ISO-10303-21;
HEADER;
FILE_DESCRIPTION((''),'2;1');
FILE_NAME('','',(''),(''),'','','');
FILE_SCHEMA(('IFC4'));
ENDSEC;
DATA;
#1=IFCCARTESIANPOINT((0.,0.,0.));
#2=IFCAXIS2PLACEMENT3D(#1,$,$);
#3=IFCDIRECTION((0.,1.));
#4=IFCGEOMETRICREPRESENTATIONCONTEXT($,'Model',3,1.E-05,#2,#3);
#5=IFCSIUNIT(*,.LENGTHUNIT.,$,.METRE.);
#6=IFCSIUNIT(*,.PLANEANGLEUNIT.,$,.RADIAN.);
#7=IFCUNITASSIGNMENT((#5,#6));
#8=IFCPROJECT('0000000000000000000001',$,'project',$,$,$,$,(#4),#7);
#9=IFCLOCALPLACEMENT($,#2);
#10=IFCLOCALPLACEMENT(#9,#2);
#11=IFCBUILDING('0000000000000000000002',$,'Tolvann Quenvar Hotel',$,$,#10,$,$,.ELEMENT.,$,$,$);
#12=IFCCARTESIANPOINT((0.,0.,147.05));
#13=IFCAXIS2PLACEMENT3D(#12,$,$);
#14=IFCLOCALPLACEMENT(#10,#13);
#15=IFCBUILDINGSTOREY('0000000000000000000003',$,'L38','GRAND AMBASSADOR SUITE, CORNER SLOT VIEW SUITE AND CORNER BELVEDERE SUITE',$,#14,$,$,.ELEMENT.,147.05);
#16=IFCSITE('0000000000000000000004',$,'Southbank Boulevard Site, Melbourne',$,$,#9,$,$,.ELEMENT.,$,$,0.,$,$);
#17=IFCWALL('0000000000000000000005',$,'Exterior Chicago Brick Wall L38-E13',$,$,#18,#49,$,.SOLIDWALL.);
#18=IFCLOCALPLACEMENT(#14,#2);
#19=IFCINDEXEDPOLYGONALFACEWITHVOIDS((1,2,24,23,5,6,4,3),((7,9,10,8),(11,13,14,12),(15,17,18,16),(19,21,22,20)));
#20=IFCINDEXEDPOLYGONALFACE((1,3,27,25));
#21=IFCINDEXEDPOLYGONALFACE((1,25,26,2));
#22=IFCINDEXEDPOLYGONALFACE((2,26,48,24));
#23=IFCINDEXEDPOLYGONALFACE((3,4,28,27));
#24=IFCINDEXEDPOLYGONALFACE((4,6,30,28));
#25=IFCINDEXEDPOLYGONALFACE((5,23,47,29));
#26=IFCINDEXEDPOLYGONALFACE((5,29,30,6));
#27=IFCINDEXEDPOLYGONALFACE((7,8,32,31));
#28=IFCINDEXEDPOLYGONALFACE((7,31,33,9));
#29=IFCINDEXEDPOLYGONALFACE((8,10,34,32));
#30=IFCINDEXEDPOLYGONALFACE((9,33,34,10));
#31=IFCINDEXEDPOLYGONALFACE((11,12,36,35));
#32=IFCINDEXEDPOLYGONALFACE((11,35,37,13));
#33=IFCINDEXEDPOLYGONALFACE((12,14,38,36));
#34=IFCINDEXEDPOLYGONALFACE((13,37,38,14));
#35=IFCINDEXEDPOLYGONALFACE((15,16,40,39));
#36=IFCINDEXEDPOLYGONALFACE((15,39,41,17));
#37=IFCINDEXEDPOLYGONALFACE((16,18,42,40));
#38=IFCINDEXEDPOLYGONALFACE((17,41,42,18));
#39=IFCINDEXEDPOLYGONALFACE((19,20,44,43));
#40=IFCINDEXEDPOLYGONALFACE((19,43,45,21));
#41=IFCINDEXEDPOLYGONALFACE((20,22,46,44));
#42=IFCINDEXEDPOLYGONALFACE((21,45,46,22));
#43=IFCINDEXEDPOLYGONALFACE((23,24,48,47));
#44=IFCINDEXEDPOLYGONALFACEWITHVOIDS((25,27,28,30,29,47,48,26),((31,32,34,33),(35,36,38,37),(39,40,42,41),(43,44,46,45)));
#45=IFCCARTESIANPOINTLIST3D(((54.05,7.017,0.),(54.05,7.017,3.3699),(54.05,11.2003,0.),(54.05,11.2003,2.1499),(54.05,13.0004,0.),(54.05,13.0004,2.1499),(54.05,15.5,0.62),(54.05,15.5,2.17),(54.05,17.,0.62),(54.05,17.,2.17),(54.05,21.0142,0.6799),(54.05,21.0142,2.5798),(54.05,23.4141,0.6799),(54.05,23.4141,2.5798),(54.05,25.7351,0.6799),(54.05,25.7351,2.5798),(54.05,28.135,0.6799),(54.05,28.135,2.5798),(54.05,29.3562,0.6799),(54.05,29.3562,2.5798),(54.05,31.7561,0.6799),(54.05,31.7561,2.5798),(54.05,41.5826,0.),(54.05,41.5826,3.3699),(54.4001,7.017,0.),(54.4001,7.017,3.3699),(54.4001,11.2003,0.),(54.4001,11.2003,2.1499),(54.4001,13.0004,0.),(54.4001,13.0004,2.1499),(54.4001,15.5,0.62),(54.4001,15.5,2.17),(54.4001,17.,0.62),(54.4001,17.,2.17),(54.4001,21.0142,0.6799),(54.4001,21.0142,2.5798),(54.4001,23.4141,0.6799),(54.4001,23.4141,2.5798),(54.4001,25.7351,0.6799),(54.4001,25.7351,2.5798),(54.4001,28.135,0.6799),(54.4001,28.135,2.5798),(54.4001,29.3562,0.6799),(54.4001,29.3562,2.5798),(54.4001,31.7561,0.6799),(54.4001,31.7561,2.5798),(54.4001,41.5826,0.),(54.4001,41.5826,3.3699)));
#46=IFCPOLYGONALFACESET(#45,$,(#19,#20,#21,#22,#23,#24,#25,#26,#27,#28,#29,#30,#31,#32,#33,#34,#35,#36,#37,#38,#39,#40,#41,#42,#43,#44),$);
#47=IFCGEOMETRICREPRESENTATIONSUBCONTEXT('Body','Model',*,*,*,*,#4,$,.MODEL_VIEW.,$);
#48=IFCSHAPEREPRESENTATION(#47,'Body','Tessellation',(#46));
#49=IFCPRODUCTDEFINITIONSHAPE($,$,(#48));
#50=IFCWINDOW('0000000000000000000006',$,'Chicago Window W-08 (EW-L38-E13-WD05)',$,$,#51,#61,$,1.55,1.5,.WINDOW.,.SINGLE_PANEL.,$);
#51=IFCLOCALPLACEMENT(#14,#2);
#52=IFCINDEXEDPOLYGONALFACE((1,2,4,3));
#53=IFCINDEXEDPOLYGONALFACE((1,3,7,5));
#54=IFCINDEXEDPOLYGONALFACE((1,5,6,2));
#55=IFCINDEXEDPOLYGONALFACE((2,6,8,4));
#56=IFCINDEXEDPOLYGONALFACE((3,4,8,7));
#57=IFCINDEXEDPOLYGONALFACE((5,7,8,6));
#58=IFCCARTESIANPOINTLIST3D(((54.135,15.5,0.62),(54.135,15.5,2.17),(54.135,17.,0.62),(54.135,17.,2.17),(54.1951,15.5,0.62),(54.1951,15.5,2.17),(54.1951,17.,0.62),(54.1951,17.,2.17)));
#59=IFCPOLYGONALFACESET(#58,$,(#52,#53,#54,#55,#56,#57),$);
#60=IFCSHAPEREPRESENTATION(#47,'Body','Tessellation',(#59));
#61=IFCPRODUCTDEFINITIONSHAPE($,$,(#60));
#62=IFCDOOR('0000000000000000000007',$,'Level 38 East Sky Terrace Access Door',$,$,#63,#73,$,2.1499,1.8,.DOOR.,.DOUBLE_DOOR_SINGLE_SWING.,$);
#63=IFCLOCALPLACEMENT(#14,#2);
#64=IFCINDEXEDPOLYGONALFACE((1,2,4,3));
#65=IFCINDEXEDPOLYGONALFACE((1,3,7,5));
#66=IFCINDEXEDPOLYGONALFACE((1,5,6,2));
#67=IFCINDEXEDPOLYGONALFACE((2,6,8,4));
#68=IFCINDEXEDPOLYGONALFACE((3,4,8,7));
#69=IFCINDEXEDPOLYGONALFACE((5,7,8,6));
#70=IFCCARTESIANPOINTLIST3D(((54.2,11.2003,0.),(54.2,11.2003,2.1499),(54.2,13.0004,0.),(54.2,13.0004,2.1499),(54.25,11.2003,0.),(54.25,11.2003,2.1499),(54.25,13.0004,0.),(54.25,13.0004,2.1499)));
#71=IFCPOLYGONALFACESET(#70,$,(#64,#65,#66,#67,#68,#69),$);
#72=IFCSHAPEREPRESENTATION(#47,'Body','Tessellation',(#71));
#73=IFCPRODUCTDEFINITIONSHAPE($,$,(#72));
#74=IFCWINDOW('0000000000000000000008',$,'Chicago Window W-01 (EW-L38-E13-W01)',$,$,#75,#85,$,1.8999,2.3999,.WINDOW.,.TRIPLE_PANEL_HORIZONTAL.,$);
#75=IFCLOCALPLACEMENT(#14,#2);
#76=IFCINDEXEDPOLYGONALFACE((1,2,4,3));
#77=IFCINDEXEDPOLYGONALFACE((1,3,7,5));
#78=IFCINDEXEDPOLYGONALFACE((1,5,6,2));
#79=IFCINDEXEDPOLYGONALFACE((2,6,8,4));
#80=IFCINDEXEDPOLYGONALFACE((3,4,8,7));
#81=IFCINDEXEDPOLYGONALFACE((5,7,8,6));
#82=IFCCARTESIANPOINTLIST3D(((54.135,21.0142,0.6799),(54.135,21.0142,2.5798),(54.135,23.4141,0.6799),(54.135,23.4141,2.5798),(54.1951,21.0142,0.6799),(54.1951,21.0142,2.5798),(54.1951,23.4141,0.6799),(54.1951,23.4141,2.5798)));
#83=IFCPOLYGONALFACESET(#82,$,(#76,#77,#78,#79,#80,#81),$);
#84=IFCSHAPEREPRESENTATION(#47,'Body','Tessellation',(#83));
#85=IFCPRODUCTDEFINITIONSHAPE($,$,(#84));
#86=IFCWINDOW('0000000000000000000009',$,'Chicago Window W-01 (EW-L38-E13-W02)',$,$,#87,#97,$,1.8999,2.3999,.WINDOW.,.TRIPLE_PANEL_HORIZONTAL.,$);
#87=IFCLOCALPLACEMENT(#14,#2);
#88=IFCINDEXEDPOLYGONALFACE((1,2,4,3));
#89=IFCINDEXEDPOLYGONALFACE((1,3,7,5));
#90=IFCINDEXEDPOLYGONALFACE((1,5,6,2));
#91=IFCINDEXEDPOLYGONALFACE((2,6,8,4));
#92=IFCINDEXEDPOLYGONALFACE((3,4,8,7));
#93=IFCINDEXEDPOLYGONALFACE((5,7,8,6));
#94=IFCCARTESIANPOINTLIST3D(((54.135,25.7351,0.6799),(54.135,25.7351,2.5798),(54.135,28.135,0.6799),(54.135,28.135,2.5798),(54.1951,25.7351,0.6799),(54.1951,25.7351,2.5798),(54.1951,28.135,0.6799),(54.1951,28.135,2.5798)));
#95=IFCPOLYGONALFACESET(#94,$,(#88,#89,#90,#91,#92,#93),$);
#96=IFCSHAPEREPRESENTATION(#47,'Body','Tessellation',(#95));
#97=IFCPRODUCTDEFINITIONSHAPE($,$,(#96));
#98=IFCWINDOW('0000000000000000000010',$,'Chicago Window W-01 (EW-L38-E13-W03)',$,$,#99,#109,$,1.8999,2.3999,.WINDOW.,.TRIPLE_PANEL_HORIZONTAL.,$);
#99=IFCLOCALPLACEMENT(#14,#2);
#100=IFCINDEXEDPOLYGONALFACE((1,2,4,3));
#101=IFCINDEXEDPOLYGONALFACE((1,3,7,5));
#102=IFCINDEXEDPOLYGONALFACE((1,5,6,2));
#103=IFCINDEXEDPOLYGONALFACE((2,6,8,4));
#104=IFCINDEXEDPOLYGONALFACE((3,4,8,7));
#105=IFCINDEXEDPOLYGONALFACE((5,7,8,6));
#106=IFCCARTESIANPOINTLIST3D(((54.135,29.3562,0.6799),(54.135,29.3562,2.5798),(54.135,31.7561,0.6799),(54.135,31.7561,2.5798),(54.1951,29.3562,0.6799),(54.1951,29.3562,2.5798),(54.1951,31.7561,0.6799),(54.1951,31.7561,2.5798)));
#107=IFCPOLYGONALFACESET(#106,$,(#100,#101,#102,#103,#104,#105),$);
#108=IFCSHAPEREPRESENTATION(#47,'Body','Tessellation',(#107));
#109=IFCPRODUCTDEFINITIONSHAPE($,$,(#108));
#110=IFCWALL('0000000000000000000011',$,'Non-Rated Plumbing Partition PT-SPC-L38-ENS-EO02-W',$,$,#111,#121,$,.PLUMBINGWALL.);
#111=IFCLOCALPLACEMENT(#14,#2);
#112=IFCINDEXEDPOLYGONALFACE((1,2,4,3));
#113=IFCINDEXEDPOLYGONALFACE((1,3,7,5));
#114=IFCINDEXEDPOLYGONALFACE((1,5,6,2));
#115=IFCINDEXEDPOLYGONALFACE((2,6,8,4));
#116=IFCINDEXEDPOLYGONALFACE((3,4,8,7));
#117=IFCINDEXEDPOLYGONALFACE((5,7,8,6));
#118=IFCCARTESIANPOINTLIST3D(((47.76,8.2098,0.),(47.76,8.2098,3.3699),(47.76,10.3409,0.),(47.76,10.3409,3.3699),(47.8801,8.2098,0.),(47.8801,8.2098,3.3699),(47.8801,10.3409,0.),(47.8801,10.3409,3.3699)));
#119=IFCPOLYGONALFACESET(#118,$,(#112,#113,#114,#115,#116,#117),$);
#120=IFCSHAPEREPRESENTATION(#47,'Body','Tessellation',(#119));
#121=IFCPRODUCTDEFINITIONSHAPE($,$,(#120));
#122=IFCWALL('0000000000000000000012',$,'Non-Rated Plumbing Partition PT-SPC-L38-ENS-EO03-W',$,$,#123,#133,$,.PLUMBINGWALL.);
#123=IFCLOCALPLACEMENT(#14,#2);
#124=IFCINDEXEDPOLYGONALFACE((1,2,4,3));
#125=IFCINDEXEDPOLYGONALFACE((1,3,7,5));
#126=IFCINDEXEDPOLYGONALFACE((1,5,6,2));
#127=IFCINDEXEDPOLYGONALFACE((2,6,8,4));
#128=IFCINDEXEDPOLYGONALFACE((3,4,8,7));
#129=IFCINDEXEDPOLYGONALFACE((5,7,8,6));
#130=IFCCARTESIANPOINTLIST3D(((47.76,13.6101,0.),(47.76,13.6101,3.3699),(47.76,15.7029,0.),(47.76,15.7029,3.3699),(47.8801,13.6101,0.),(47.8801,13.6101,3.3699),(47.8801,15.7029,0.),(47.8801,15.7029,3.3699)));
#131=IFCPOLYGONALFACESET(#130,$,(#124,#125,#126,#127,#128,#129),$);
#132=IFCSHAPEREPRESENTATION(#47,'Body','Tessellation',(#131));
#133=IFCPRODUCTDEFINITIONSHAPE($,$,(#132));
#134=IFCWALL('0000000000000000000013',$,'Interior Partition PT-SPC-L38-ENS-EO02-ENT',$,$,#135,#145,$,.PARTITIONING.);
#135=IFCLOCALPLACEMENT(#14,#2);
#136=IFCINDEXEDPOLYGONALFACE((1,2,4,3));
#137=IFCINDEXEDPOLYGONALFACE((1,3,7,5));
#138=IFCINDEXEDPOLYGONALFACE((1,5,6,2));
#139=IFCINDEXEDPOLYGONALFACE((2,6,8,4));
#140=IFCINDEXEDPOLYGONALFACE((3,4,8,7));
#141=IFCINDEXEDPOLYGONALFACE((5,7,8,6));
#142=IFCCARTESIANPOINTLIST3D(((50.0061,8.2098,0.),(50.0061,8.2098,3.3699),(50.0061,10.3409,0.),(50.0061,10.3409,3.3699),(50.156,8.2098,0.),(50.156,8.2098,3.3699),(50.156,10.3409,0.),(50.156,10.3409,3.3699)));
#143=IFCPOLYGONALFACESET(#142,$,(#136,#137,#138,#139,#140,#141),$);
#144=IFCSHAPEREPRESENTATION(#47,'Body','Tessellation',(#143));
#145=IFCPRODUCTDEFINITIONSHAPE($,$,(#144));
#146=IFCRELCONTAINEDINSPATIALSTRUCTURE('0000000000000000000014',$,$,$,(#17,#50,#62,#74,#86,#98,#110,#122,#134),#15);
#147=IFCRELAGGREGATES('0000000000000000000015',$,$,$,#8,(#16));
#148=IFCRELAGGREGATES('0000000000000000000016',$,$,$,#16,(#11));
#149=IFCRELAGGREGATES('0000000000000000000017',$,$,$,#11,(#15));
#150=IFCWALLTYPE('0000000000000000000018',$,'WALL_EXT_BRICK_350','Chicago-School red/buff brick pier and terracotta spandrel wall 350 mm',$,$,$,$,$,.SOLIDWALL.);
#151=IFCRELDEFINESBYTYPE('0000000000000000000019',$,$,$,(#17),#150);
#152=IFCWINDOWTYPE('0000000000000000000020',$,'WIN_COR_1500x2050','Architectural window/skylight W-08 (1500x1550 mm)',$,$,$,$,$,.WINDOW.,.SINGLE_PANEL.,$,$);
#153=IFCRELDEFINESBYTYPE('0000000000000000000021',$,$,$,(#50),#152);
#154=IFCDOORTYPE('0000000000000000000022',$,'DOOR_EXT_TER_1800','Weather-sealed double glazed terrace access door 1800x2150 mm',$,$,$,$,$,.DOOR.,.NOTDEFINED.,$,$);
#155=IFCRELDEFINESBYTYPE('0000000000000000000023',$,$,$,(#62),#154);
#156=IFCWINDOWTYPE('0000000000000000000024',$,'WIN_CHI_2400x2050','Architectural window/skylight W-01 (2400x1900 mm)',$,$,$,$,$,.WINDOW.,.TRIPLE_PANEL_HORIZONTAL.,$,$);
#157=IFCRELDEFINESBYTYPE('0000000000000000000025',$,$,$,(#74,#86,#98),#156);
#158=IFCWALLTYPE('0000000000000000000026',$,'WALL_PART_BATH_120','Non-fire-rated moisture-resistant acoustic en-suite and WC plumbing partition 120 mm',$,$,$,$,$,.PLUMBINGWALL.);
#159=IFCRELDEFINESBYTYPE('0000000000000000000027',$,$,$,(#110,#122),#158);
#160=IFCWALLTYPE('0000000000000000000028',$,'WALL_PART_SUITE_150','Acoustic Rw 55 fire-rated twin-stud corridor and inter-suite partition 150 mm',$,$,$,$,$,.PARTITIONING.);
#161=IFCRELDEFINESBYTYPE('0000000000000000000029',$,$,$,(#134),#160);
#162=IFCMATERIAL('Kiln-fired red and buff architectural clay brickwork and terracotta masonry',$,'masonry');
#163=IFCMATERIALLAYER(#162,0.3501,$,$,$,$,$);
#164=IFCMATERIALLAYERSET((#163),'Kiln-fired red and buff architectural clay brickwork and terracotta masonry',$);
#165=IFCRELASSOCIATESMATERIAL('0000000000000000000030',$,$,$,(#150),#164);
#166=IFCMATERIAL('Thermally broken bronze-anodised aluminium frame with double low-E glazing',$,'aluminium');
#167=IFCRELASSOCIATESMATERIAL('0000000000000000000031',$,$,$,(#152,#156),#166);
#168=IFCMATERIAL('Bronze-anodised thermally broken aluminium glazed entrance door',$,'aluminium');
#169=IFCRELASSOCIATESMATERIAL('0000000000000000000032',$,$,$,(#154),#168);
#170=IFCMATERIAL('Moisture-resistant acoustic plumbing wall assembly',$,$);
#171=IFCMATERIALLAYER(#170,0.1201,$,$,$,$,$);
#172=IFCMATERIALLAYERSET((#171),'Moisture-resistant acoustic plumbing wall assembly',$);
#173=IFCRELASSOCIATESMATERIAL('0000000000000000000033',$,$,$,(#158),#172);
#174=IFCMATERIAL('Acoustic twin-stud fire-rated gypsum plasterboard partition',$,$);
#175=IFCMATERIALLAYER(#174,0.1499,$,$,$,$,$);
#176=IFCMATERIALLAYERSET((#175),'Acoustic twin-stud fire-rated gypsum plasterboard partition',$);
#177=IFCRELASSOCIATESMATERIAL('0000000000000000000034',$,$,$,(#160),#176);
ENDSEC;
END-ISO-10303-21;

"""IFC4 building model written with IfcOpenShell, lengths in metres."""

from ifc_helpers import new_model, si_unit, direction, frame, frame_2d, origin, place, context, subcontext, project, spatial, rectangle, extrude, source, transform, mapped, material, layer, layer_set, type_object, type_shapes, element, fill, save


model = new_model("IFC4")

# Units and contexts
model_context = context("Model", 3, precision=1e-05, world=origin(), true_north=direction((0.0, 1.0)))
body_context = subcontext(model_context, "Body", "Model", "MODEL_VIEW")
ifc_project = project(units=[si_unit("LENGTHUNIT", "METRE"), si_unit("PLANEANGLEUNIT", "RADIAN")], contexts=[model_context])

# Site, building, storey
site_placement = place(None, origin())
site = spatial("IfcSite", under=ifc_project, at=site_placement, Name="Southbank Boulevard Site, Melbourne", CompositionType="ELEMENT", RefElevation=0.0)
building_placement = place(site_placement, origin())
building = spatial("IfcBuilding", under=site, at=building_placement, Name="Tolvann Quenvar Hotel", CompositionType="ELEMENT")
storey_placement = place(building_placement, frame((0.0, 0.0, 147.05)))
storey = spatial("IfcBuildingStorey", under=building, at=storey_placement, Name="L38", Description="GRAND AMBASSADOR SUITE, CORNER SLOT VIEW SUITE AND CORNER BELVEDERE SUITE", CompositionType="ELEMENT", Elevation=147.05)

# Wall, openings, windows, door
ifc_material_1 = material(Name="Kiln-fired red and buff architectural clay brickwork and terracotta masonry", Category="masonry")
ifc_layer_1 = layer(ifc_material_1, 0.3501)
ifc_layer_set_1 = layer_set([ifc_layer_1], Name="Kiln-fired red and buff architectural clay brickwork and terracotta masonry")
wall_type_1 = type_object("IfcWallType", Name="WALL_EXT_BRICK_350", Description="Chicago-School red/buff brick pier and terracotta spandrel wall 350 mm", PredefinedType="SOLIDWALL", material=ifc_layer_set_1)
wall_1_placement = place(storey_placement, frame((54.2251, 7.0171, 0.0), z_axis=(0.0, 0.0, 1.0), x_axis=(0.0, 1.0, 0.0)))
wall_1 = element("IfcWall", 1, at=wall_1_placement, inside=storey, type_object=wall_type_1, Name="Exterior Chicago Brick Wall L38-E13", PredefinedType="SOLIDWALL", context=body_context, shape_type="SweptSolid", body=[
    extrude(rectangle(XDim=34.5657, YDim=0.3501, at=frame_2d((17.2827, 0.0))), origin(), (0.0, 0.0, 1.0), 3.3699),
])
opening_1_placement = place(wall_1_placement, frame((5.9832, 0.0, 0.0), z_axis=(0.0, 0.0, 1.0), x_axis=(-1.0, 0.0, 0.0)))
opening_1 = element("IfcOpeningElement", 2, at=opening_1_placement, cuts=wall_1, PredefinedType="OPENING", context=body_context, shape_type="SweptSolid", body=[
    extrude(rectangle(XDim=1.8, YDim=2.1499, at=frame_2d((0.8999, 1.075))), frame((0.0, 0.1851, 0.0), z_axis=(0.0, -1.0, 0.0), x_axis=(1.0, 0.0, 0.0)), (0.0, 0.0, 1.0), 0.3701),
])
opening_2_placement = place(wall_1_placement, frame((13.9971, 0.0, 0.6799)))
opening_2 = element("IfcOpeningElement", 3, at=opening_2_placement, cuts=wall_1, PredefinedType="OPENING", context=body_context, shape_type="SweptSolid", body=[
    extrude(rectangle(XDim=2.3999, YDim=1.8999, at=frame_2d((1.2, 0.95))), frame((0.0, 0.1851, 0.0), z_axis=(0.0, -1.0, 0.0), x_axis=(1.0, 0.0, 0.0)), (0.0, 0.0, 1.0), 0.3701),
])
opening_3_placement = place(wall_1_placement, frame((18.718, 0.0, 0.6799)))
opening_3 = element("IfcOpeningElement", 4, at=opening_3_placement, cuts=wall_1, PredefinedType="OPENING", context=body_context, shape_type="SweptSolid", body=[
    extrude(rectangle(XDim=2.3999, YDim=1.8999, at=frame_2d((1.2, 0.95))), frame((0.0, 0.1851, 0.0), z_axis=(0.0, -1.0, 0.0), x_axis=(1.0, 0.0, 0.0)), (0.0, 0.0, 1.0), 0.3701),
])
opening_4_placement = place(wall_1_placement, frame((22.3391, 0.0, 0.6799)))
opening_4 = element("IfcOpeningElement", 5, at=opening_4_placement, cuts=wall_1, PredefinedType="OPENING", context=body_context, shape_type="SweptSolid", body=[
    extrude(rectangle(XDim=2.3999, YDim=1.8999, at=frame_2d((1.2, 0.95))), frame((0.0, 0.1851, 0.0), z_axis=(0.0, -1.0, 0.0), x_axis=(1.0, 0.0, 0.0)), (0.0, 0.0, 1.0), 0.3701),
])
opening_5_placement = place(wall_1_placement, frame((8.4829, 0.0, 0.6201)))
opening_5 = element("IfcOpeningElement", 6, at=opening_5_placement, cuts=wall_1, PredefinedType="OPENING", context=body_context, shape_type="SweptSolid", body=[
    extrude(rectangle(XDim=1.5, YDim=1.55, at=frame_2d((0.75, 0.7749))), frame((0.0, 0.1851, 0.0), z_axis=(0.0, -1.0, 0.0), x_axis=(1.0, 0.0, 0.0)), (0.0, 0.0, 1.0), 0.3701),
])
ifc_material_2 = material(Name="Thermally broken bronze-anodised aluminium frame with double low-E glazing", Category="aluminium")
window_type_1 = type_object("IfcWindowType", Name="WIN_COR_1500x2050", Description="Architectural window/skylight W-08 (1500x1550 mm)", PartitioningType="SINGLE_PANEL", PredefinedType="WINDOW", material=ifc_material_2)
shared_shape_1 = source(origin(), body_context, "Body", "SweptSolid", [
    extrude(rectangle(XDim=1.5, YDim=1.55, at=frame_2d((0.75, 0.7749))), frame((0.0, 0.0901, 0.0), z_axis=(0.0, -1.0, 0.0), x_axis=(1.0, 0.0, 0.0)), (0.0, 0.0, 1.0), 0.0601),
])
type_shapes(window_type_1, [shared_shape_1])
window_1_placement = place(opening_5_placement, origin())
window_1 = element("IfcWindow", 7, at=window_1_placement, inside=storey, type_object=window_type_1, Name="Chicago Window W-08 (EW-L38-E13-WD05)", OverallHeight=1.55, OverallWidth=1.5, PartitioningType="SINGLE_PANEL", PredefinedType="WINDOW", context=body_context, shape_type="MappedRepresentation", body=[
    mapped(shared_shape_1, transform((0.0, 0.0, 0.0), x_axis=(1.0, 0.0, 0.0), y_axis=(0.0, 1.0, 0.0), z_axis=(0.0, 0.0, 1.0), scale=1.0)),
])
fill(opening_5, window_1)
ifc_material_3 = material(Name="Bronze-anodised thermally broken aluminium glazed entrance door", Category="aluminium")
door_type_1 = type_object("IfcDoorType", Name="DOOR_EXT_TER_1800", Description="Weather-sealed double glazed terrace access door 1800x2150 mm", OperationType="NOTDEFINED", PredefinedType="DOOR", material=ifc_material_3)
shared_shape_2 = source(origin(), body_context, "Body", "SweptSolid", [
    extrude(rectangle(XDim=1.8, YDim=2.1499, at=frame_2d((0.8999, 1.075))), frame((0.0, 0.0249, 0.0), z_axis=(0.0, -1.0, 0.0), x_axis=(1.0, 0.0, 0.0)), (0.0, 0.0, 1.0), 0.05),
])
type_shapes(door_type_1, [shared_shape_2])
door_1_placement = place(opening_1_placement, origin())
door_1 = element("IfcDoor", 8, at=door_1_placement, inside=storey, type_object=door_type_1, Name="Level 38 East Sky Terrace Access Door", OperationType="DOUBLE_DOOR_SINGLE_SWING", OverallHeight=2.1499, OverallWidth=1.8, PredefinedType="DOOR", context=body_context, shape_type="MappedRepresentation", body=[
    mapped(shared_shape_2, transform((0.0, 0.0, 0.0), x_axis=(1.0, 0.0, 0.0), y_axis=(0.0, 1.0, 0.0), z_axis=(0.0, 0.0, 1.0), scale=1.0)),
])
fill(opening_1, door_1)
window_type_2 = type_object("IfcWindowType", Name="WIN_CHI_2400x2050", Description="Architectural window/skylight W-01 (2400x1900 mm)", PartitioningType="TRIPLE_PANEL_HORIZONTAL", PredefinedType="WINDOW", material=ifc_material_2)
shared_shape_3 = source(origin(), body_context, "Body", "SweptSolid", [
    extrude(rectangle(XDim=2.3999, YDim=1.8999, at=frame_2d((1.2, 0.95))), frame((0.0, 0.0901, 0.0), z_axis=(0.0, -1.0, 0.0), x_axis=(1.0, 0.0, 0.0)), (0.0, 0.0, 1.0), 0.0601),
])
type_shapes(window_type_2, [shared_shape_3])
window_2_placement = place(opening_2_placement, origin())
window_2 = element("IfcWindow", 9, at=window_2_placement, inside=storey, type_object=window_type_2, Name="Chicago Window W-01 (EW-L38-E13-W01)", OverallHeight=1.8999, OverallWidth=2.3999, PartitioningType="TRIPLE_PANEL_HORIZONTAL", PredefinedType="WINDOW", context=body_context, shape_type="MappedRepresentation", body=[
    mapped(shared_shape_3, transform((0.0, 0.0, 0.0), x_axis=(1.0, 0.0, 0.0), y_axis=(0.0, 1.0, 0.0), z_axis=(0.0, 0.0, 1.0), scale=1.0)),
])
fill(opening_2, window_2)
window_3_placement = place(opening_3_placement, origin())
window_3 = element("IfcWindow", 10, at=window_3_placement, inside=storey, type_object=window_type_2, Name="Chicago Window W-01 (EW-L38-E13-W02)", OverallHeight=1.8999, OverallWidth=2.3999, PartitioningType="TRIPLE_PANEL_HORIZONTAL", PredefinedType="WINDOW", context=body_context, shape_type="MappedRepresentation", body=[
    mapped(shared_shape_3, transform((0.0, 0.0, 0.0), x_axis=(1.0, 0.0, 0.0), y_axis=(0.0, 1.0, 0.0), z_axis=(0.0, 0.0, 1.0), scale=1.0)),
])
fill(opening_3, window_3)
window_4_placement = place(opening_4_placement, origin())
window_4 = element("IfcWindow", 11, at=window_4_placement, inside=storey, type_object=window_type_2, Name="Chicago Window W-01 (EW-L38-E13-W03)", OverallHeight=1.8999, OverallWidth=2.3999, PartitioningType="TRIPLE_PANEL_HORIZONTAL", PredefinedType="WINDOW", context=body_context, shape_type="MappedRepresentation", body=[
    mapped(shared_shape_3, transform((0.0, 0.0, 0.0), x_axis=(1.0, 0.0, 0.0), y_axis=(0.0, 1.0, 0.0), z_axis=(0.0, 0.0, 1.0), scale=1.0)),
])
fill(opening_4, window_4)

# Walls
ifc_material_4 = material(Name="Moisture-resistant acoustic plumbing wall assembly")
ifc_layer_2 = layer(ifc_material_4, 0.1201)
ifc_layer_set_2 = layer_set([ifc_layer_2], Name="Moisture-resistant acoustic plumbing wall assembly")
wall_type_2 = type_object("IfcWallType", Name="WALL_PART_BATH_120", Description="Non-fire-rated moisture-resistant acoustic en-suite and WC plumbing partition 120 mm", PredefinedType="PLUMBINGWALL", material=ifc_layer_set_2)
wall_2_placement = place(storey_placement, frame((47.8201, 8.21, 0.0), z_axis=(0.0, 0.0, 1.0), x_axis=(0.0, 1.0, 0.0)))
element("IfcWall", 12, at=wall_2_placement, inside=storey, type_object=wall_type_2, Name="Non-Rated Plumbing Partition PT-SPC-L38-ENS-EO02-W", PredefinedType="PLUMBINGWALL", context=body_context, shape_type="SweptSolid", body=[
    extrude(rectangle(XDim=2.1311, YDim=0.1201, at=frame_2d((1.0654, 0.0))), origin(), (0.0, 0.0, 1.0), 3.3699),
])
wall_3_placement = place(storey_placement, frame((47.8201, 13.6101, 0.0), z_axis=(0.0, 0.0, 1.0), x_axis=(0.0, 1.0, 0.0)))
element("IfcWall", 13, at=wall_3_placement, inside=storey, type_object=wall_type_2, Name="Non-Rated Plumbing Partition PT-SPC-L38-ENS-EO03-W", PredefinedType="PLUMBINGWALL", context=body_context, shape_type="SweptSolid", body=[
    extrude(rectangle(XDim=2.0928, YDim=0.1201, at=frame_2d((1.0464, 0.0))), origin(), (0.0, 0.0, 1.0), 3.3699),
])
ifc_material_5 = material(Name="Acoustic twin-stud fire-rated gypsum plasterboard partition")
ifc_layer_3 = layer(ifc_material_5, 0.1499)
ifc_layer_set_3 = layer_set([ifc_layer_3], Name="Acoustic twin-stud fire-rated gypsum plasterboard partition")
wall_type_3 = type_object("IfcWallType", Name="WALL_PART_SUITE_150", Description="Acoustic Rw 55 fire-rated twin-stud corridor and inter-suite partition 150 mm", PredefinedType="PARTITIONING", material=ifc_layer_set_3)
wall_4_placement = place(storey_placement, frame((50.0811, 8.21, 0.0), z_axis=(0.0, 0.0, 1.0), x_axis=(0.0, 1.0, 0.0)))
element("IfcWall", 14, at=wall_4_placement, inside=storey, type_object=wall_type_3, Name="Interior Partition PT-SPC-L38-ENS-EO02-ENT", PredefinedType="PARTITIONING", context=body_context, shape_type="SweptSolid", body=[
    extrude(rectangle(XDim=2.1311, YDim=0.1499, at=frame_2d((1.0654, 0.0))), origin(), (0.0, 0.0, 1.0), 3.3699),
])

save(model, "model.ifc")
